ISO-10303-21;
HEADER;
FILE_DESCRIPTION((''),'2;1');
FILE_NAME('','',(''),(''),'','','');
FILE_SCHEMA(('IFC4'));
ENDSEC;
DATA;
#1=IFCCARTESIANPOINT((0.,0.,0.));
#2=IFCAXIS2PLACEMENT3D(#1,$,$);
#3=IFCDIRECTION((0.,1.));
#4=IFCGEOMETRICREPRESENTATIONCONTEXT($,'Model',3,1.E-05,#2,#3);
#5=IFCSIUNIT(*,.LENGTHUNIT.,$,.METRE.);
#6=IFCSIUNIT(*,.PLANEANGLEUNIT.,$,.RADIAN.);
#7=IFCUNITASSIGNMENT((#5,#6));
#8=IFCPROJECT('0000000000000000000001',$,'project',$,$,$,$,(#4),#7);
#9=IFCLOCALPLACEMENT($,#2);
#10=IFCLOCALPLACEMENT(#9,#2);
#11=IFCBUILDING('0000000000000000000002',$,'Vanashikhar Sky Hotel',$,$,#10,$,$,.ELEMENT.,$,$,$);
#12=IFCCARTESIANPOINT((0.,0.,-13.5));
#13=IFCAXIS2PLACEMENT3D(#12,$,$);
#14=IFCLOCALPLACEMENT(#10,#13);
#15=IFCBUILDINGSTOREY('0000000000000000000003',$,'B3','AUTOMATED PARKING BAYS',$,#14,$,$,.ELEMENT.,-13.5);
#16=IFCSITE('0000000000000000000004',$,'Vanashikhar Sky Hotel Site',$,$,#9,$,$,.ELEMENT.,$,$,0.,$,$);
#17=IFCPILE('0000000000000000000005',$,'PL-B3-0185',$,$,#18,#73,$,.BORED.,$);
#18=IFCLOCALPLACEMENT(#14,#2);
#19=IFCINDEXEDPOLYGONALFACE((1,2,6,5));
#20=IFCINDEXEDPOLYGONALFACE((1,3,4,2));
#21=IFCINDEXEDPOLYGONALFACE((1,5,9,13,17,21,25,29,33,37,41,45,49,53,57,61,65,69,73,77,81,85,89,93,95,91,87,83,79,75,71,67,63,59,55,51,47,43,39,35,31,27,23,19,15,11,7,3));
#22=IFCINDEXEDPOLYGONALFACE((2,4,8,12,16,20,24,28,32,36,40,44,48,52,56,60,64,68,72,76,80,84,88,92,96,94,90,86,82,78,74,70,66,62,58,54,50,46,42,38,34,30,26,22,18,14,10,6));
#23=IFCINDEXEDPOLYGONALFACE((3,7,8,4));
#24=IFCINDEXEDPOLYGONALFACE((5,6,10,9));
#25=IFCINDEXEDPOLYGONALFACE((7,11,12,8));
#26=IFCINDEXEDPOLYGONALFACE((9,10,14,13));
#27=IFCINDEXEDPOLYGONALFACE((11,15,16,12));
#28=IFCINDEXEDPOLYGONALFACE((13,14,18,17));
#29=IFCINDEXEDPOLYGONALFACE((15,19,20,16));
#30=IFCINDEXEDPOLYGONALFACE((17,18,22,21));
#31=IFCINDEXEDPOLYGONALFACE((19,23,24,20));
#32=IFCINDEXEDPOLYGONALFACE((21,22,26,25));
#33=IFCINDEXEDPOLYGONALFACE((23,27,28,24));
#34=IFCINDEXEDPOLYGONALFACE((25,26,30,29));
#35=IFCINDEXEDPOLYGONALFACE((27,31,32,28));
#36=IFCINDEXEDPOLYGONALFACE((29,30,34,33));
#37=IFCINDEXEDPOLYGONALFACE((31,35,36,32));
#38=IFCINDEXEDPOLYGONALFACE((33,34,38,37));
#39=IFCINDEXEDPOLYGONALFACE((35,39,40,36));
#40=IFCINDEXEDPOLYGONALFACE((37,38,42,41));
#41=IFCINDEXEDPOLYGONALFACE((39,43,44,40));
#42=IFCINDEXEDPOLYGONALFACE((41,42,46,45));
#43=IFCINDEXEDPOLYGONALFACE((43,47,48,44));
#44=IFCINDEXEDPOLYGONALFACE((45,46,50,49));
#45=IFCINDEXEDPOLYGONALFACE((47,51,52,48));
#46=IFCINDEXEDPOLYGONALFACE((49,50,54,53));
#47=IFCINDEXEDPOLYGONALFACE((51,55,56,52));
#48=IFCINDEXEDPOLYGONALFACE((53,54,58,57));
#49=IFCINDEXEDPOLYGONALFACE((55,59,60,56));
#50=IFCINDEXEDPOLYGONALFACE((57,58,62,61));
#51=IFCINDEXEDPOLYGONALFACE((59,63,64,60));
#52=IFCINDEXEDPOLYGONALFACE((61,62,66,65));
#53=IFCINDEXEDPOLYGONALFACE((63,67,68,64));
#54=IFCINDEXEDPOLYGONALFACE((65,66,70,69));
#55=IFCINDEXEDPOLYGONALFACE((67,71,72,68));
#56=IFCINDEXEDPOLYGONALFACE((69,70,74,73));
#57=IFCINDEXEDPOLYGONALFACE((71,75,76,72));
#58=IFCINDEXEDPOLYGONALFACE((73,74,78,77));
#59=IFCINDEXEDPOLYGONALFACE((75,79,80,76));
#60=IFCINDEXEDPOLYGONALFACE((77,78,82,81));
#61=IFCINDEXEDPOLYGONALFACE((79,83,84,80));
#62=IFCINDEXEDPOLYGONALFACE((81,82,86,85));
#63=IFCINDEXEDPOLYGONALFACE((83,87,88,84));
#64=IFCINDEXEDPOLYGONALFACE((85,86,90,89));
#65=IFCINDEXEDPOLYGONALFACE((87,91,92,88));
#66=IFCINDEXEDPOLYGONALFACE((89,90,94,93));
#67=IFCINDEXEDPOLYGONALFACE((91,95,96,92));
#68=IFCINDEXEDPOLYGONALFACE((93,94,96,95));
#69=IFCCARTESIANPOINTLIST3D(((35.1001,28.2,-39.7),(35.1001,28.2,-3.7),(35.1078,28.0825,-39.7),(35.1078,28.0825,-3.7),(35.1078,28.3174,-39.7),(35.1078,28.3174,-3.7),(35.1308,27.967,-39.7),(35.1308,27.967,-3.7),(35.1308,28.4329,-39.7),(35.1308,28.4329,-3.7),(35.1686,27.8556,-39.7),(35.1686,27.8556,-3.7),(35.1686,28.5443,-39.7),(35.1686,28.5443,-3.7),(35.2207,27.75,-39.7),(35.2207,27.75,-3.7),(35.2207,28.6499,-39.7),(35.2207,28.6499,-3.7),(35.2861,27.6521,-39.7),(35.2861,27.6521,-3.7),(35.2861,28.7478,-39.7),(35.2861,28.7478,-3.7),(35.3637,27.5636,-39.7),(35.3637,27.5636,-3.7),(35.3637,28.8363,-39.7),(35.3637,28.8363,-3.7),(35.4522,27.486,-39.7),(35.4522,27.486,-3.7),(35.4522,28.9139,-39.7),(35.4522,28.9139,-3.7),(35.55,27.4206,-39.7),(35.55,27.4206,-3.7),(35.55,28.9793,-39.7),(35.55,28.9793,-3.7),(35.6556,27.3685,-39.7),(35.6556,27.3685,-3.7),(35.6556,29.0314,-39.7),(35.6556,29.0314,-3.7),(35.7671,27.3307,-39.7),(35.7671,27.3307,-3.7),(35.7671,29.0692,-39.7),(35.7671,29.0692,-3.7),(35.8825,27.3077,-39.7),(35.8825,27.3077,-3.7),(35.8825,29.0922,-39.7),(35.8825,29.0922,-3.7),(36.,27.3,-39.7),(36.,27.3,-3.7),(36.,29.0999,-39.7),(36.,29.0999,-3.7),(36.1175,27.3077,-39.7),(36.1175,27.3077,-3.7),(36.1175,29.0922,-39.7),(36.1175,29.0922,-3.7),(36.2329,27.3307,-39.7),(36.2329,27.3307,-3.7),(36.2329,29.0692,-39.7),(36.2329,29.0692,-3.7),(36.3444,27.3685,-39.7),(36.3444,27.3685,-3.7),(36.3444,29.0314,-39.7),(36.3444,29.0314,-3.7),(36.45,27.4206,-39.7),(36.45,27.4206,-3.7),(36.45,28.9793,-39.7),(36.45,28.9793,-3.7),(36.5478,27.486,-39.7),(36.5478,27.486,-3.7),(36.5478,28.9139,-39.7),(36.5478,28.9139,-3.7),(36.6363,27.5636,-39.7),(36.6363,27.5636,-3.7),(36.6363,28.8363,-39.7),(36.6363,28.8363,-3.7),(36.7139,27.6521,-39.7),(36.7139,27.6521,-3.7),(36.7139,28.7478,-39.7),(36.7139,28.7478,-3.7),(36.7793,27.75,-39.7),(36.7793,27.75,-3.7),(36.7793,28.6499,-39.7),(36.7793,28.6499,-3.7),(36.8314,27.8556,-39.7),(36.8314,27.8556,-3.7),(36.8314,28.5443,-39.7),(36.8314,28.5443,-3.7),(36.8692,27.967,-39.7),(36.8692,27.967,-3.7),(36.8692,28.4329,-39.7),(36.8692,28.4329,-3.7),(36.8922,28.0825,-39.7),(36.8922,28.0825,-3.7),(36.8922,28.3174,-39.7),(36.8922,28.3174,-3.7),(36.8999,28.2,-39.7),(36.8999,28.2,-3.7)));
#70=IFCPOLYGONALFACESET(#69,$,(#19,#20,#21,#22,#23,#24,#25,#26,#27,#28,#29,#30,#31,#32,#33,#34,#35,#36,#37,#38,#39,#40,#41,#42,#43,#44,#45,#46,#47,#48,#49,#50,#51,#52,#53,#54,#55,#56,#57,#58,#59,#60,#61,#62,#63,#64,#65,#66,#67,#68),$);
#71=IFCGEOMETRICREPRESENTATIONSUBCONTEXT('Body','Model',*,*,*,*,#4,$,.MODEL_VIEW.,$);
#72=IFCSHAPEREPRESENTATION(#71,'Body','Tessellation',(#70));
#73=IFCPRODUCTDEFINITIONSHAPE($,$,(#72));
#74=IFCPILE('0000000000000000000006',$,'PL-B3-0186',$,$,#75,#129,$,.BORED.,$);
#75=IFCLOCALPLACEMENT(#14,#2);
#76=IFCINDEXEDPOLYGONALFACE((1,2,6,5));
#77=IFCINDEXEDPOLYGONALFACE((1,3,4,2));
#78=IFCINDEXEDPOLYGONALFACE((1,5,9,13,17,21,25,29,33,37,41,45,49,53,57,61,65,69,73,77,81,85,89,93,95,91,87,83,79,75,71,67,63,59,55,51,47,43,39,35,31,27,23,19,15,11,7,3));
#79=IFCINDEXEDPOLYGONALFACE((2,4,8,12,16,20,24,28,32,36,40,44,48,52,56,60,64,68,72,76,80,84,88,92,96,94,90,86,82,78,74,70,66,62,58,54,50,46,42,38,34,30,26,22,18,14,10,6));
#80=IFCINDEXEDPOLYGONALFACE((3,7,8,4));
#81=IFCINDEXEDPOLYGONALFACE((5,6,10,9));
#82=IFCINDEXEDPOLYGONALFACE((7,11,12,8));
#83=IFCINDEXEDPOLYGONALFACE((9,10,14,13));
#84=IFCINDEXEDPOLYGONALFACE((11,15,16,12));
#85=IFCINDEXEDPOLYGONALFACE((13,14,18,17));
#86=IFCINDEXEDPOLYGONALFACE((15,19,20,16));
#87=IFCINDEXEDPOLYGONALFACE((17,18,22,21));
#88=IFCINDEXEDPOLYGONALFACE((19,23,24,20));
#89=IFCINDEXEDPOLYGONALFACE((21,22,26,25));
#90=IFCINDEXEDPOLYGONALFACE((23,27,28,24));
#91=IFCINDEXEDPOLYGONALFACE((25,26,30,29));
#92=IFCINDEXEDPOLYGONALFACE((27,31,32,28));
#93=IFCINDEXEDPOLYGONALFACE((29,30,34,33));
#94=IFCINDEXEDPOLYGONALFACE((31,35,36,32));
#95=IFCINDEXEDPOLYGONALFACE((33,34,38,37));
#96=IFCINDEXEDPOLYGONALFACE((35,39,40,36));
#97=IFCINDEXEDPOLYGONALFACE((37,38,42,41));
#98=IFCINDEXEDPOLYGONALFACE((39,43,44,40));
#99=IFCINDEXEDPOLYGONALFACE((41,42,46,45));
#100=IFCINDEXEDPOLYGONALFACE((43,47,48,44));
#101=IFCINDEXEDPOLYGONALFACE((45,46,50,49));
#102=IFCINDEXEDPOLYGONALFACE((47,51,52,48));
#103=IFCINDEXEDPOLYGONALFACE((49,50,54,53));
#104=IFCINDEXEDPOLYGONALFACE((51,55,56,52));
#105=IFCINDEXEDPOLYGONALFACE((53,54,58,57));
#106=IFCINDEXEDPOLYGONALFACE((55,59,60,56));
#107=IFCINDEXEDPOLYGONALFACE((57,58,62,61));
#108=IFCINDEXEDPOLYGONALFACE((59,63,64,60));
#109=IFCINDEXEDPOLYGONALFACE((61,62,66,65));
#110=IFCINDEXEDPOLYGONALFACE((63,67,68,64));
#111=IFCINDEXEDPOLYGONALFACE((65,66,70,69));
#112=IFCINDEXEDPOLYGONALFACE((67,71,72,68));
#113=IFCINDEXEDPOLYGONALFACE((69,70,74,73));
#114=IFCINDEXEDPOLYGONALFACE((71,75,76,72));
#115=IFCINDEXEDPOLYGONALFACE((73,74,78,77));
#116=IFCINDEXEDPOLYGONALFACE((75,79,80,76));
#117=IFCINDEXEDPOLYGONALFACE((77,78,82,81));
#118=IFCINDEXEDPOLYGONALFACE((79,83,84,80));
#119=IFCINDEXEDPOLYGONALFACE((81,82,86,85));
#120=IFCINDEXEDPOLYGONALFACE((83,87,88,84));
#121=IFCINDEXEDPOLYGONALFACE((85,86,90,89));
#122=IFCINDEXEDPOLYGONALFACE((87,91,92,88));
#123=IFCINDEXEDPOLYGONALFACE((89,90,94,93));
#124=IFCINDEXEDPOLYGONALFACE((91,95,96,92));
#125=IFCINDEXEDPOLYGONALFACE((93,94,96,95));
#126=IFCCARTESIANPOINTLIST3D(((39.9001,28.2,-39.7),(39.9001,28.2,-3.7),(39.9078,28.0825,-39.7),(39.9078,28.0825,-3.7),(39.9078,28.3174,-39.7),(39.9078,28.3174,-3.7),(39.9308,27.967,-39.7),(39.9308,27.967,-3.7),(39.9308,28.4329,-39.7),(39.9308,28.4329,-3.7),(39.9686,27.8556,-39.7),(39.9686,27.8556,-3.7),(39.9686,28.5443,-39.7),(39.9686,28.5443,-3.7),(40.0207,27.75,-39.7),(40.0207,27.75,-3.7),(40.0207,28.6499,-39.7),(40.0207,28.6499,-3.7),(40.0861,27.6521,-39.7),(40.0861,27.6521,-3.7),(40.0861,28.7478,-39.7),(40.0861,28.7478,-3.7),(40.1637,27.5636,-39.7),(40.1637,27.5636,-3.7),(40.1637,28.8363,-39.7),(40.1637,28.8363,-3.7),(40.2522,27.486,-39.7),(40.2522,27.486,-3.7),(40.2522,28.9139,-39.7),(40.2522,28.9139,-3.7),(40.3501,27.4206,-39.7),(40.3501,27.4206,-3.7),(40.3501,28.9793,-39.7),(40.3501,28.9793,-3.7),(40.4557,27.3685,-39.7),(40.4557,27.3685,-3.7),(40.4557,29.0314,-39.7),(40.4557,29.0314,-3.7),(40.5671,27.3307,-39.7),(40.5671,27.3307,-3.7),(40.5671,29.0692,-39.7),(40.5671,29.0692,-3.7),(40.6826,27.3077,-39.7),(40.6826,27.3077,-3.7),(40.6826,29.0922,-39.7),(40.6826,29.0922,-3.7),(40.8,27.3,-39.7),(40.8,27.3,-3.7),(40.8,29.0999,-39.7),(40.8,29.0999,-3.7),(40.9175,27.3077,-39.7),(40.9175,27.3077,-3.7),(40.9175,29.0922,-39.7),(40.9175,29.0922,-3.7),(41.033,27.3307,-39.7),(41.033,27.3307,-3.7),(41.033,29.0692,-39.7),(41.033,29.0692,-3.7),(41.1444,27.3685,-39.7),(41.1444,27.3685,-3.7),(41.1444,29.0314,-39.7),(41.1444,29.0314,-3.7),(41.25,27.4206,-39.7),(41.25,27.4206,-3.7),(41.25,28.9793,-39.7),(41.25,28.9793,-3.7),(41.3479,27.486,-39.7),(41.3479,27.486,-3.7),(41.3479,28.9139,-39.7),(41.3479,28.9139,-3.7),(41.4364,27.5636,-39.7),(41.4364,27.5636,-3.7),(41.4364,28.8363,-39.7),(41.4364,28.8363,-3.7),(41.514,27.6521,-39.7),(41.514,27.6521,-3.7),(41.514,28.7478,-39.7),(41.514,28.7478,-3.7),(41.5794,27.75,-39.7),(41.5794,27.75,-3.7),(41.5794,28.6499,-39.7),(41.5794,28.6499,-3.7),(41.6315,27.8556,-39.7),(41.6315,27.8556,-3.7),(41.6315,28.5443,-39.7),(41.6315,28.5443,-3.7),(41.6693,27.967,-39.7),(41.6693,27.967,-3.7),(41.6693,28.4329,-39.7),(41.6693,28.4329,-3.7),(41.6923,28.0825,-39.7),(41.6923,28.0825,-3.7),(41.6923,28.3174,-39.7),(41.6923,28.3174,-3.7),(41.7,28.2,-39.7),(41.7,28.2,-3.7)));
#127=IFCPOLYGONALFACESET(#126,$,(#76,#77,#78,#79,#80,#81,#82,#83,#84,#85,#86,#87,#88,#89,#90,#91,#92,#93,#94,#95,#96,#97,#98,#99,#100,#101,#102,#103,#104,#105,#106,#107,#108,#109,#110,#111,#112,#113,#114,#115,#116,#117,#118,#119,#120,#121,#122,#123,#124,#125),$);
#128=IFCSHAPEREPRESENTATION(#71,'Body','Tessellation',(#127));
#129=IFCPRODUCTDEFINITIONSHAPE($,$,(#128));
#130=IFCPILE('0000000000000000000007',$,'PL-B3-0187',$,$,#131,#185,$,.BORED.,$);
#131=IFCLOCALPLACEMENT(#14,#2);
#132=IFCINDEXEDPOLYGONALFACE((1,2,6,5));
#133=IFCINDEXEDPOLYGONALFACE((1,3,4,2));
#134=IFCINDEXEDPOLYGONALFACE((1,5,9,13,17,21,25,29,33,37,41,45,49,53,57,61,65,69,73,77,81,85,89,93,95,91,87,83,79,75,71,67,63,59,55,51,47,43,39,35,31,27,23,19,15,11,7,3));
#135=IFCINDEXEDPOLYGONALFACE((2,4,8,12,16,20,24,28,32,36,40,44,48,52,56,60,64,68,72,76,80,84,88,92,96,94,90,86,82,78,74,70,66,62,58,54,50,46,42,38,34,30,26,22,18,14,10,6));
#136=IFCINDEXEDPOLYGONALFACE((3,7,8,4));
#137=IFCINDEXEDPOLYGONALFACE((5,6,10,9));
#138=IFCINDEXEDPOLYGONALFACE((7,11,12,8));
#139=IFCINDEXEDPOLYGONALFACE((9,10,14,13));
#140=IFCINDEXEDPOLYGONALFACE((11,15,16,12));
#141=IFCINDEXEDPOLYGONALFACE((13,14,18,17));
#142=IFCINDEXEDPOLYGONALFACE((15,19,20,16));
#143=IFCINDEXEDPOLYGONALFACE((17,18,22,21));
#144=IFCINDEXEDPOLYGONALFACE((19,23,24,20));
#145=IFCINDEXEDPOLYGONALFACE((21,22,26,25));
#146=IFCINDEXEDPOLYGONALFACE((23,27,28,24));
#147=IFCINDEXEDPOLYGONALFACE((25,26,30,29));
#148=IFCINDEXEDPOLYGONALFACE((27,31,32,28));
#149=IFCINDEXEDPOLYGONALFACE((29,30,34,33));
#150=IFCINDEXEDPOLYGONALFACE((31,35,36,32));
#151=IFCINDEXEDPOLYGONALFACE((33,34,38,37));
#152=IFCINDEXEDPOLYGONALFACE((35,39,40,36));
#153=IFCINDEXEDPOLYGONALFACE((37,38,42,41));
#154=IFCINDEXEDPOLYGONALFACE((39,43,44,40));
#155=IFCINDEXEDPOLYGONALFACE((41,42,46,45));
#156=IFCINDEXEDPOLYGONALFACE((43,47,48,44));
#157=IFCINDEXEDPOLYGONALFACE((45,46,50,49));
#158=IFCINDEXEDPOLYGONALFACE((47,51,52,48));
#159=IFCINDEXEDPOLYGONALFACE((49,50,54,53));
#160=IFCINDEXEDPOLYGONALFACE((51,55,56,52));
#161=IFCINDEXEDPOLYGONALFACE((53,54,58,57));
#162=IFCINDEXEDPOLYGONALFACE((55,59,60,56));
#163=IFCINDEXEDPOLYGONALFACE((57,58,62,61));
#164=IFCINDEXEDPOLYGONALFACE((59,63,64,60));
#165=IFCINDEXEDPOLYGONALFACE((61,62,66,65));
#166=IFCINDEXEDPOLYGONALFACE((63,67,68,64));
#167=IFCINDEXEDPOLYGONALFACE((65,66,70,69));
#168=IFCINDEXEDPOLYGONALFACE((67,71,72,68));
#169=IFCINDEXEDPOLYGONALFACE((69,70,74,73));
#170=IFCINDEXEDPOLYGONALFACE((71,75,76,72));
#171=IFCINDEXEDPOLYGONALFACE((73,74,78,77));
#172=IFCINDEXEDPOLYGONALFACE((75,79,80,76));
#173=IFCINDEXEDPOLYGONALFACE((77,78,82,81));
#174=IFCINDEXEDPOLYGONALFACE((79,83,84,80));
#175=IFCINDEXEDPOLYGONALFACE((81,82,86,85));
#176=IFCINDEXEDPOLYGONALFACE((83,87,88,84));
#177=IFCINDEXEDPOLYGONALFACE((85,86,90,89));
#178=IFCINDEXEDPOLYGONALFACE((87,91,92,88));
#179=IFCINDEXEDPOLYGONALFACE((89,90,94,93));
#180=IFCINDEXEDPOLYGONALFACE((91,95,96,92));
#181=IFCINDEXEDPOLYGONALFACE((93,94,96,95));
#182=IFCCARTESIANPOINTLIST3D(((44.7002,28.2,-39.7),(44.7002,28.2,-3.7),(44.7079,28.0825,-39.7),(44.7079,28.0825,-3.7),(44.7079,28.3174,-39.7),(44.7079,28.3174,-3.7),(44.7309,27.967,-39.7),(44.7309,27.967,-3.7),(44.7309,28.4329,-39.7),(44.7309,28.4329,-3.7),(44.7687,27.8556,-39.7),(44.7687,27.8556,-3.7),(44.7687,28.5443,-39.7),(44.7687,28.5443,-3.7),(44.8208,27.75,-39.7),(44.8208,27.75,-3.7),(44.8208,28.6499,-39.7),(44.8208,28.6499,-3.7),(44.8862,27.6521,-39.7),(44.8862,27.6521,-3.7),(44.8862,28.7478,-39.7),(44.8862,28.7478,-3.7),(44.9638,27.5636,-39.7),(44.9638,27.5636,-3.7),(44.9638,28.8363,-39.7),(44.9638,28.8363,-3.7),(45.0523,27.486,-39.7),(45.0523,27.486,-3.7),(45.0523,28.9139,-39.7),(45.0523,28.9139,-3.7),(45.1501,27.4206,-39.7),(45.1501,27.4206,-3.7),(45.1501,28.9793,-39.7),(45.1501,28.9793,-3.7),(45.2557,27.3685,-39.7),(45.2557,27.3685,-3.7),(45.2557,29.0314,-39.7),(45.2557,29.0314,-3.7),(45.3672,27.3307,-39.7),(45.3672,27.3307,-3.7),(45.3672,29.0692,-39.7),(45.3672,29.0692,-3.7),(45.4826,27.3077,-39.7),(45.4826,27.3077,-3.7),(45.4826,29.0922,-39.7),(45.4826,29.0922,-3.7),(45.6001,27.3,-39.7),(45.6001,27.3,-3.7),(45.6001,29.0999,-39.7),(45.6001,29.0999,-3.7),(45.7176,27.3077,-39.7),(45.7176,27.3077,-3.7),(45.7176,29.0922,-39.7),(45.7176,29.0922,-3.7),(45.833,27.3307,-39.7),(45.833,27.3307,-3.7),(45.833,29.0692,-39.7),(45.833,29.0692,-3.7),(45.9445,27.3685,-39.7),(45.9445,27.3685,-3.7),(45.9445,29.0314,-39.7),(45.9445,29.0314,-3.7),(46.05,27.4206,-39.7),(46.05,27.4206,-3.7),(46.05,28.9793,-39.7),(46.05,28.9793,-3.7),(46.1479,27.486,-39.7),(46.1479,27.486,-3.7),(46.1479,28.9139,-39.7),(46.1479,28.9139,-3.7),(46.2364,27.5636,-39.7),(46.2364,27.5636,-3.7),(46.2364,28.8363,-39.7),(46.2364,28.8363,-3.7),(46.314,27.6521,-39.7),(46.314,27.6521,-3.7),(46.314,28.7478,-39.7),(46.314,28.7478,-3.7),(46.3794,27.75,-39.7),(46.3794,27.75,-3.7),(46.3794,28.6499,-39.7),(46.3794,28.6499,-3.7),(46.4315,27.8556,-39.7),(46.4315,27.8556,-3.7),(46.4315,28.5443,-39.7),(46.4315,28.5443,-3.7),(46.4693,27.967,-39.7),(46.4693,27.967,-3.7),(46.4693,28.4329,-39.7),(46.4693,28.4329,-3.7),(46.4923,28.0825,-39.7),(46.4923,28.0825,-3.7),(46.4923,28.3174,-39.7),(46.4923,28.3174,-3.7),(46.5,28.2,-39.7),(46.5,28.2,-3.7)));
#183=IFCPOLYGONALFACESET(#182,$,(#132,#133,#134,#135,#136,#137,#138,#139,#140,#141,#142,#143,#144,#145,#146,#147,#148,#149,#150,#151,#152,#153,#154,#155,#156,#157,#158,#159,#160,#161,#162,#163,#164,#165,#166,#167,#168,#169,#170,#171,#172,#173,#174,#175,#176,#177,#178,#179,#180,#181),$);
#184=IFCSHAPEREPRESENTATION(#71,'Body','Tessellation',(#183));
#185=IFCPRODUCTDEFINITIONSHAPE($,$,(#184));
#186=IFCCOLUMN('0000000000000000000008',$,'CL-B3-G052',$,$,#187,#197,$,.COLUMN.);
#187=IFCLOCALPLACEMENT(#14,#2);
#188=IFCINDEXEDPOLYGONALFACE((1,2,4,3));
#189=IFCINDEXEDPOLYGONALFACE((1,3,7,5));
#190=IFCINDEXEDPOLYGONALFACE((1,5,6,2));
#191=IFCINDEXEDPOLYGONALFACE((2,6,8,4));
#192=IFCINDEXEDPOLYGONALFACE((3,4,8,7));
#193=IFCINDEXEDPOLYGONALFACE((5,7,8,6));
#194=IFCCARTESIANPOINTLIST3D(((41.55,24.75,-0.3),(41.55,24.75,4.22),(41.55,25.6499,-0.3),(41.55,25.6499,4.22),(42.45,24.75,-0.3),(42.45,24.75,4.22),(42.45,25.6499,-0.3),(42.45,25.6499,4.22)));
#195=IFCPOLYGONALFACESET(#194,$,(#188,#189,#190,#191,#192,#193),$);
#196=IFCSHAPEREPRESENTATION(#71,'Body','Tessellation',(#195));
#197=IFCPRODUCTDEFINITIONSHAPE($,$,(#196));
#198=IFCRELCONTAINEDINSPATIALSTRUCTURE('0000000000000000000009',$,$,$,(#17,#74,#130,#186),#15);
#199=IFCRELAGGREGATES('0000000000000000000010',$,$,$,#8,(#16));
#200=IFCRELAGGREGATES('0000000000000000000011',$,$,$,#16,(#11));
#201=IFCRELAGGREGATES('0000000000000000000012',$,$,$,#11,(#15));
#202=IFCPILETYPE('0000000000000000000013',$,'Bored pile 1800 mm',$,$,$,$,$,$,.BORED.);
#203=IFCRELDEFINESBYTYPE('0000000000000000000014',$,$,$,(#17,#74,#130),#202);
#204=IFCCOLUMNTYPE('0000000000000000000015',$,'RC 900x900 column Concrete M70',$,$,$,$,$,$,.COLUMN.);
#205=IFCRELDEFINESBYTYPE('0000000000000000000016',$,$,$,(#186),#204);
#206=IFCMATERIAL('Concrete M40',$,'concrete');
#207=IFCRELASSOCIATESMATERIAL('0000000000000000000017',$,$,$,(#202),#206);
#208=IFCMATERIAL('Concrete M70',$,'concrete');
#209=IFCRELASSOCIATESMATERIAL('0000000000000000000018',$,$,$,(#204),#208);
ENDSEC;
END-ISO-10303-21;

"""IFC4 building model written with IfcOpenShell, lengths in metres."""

from ifc_helpers import new_model, si_unit, direction, frame, origin, origin_2d, place, context, subcontext, project, spatial, rectangle, circle, extrude, source, transform, mapped, material, material_profile, profile_set, type_object, element, save


model = new_model("IFC4")

# Units and contexts
model_context = context("Model", 3, precision=1e-05, world=origin(), true_north=direction((0.0, 1.0)))
body_context = subcontext(model_context, "Body", "Model", "MODEL_VIEW")
ifc_project = project(units=[si_unit("LENGTHUNIT", "METRE"), si_unit("PLANEANGLEUNIT", "RADIAN")], contexts=[model_context])

# Site, building, storey
site_placement = place(None, origin())
site = spatial("IfcSite", under=ifc_project, at=site_placement, Name="Vanashikhar Sky Hotel Site", CompositionType="ELEMENT", RefElevation=0.0)
building_placement = place(site_placement, origin())
building = spatial("IfcBuilding", under=site, at=building_placement, Name="Vanashikhar Sky Hotel", CompositionType="ELEMENT")
storey_placement = place(building_placement, frame((0.0, 0.0, -13.5)))
storey = spatial("IfcBuildingStorey", under=building, at=storey_placement, Name="B3", Description="AUTOMATED PARKING BAYS", CompositionType="ELEMENT", Elevation=-13.5)

# Piles
ifc_material_1 = material(Name="Concrete M40", Category="concrete")
pile_type = type_object("IfcPileType", Name="Bored pile 1800 mm", PredefinedType="BORED", material=ifc_material_1)
shared_shape_1 = source(origin(), body_context, "Body", "SweptSolid", [
    extrude(circle(Radius=0.8999, at=origin_2d()), origin(), (0.0, 0.0, 1.0), 36.0),
])
for number, where, z_axis, x_axis, name in (
    (1, (36.0, 28.2, -3.7), (0.0, 0.0, -1.0), (1.0, 0.0, 0.0), "PL-B3-0185"),
    (2, (40.8, 28.2, -3.7), (0.0, 0.0, -1.0), (1.0, 0.0, 0.0), "PL-B3-0186"),
    (3, (45.6001, 28.2, -3.7), (0.0, 0.0, -1.0), (1.0, 0.0, 0.0), "PL-B3-0187"),
):
    element("IfcPile", number, at=place(storey_placement, frame(where, z_axis=z_axis, x_axis=x_axis)), inside=storey, type_object=pile_type, Name=name, PredefinedType="BORED", context=body_context, shape_type="MappedRepresentation", body=[
        mapped(shared_shape_1, transform((0.0, 0.0, 0.0), scale=1.0)),
    ])

# Column
ifc_material_2 = material(Name="Concrete M70", Category="concrete")
ifc_material_profile = material_profile(ifc_material_2, rectangle(XDim=0.8999, YDim=0.8999, at=origin_2d()))
ifc_profile_set = profile_set([ifc_material_profile], Name="RC 900x900 column Concrete M70")
column_type = type_object("IfcColumnType", Name="RC 900x900 column Concrete M70", PredefinedType="COLUMN", material=ifc_profile_set)
shared_shape_2 = source(origin(), body_context, "Body", "SweptSolid", [
    extrude(rectangle(XDim=0.8999, YDim=0.8999, at=origin_2d()), origin(), (0.0, 0.0, 1.0), 4.52),
])
column_placement = place(storey_placement, frame((42.0, 25.2, -0.3), z_axis=(0.0, 0.0, 1.0), x_axis=(1.0, 0.0, 0.0)))
element("IfcColumn", 4, at=column_placement, inside=storey, type_object=column_type, Name="CL-B3-G052", PredefinedType="COLUMN", context=body_context, shape_type="MappedRepresentation", body=[
    mapped(shared_shape_2, transform((0.0, 0.0, 0.0), scale=1.0)),
])

save(model, "model.ifc")
